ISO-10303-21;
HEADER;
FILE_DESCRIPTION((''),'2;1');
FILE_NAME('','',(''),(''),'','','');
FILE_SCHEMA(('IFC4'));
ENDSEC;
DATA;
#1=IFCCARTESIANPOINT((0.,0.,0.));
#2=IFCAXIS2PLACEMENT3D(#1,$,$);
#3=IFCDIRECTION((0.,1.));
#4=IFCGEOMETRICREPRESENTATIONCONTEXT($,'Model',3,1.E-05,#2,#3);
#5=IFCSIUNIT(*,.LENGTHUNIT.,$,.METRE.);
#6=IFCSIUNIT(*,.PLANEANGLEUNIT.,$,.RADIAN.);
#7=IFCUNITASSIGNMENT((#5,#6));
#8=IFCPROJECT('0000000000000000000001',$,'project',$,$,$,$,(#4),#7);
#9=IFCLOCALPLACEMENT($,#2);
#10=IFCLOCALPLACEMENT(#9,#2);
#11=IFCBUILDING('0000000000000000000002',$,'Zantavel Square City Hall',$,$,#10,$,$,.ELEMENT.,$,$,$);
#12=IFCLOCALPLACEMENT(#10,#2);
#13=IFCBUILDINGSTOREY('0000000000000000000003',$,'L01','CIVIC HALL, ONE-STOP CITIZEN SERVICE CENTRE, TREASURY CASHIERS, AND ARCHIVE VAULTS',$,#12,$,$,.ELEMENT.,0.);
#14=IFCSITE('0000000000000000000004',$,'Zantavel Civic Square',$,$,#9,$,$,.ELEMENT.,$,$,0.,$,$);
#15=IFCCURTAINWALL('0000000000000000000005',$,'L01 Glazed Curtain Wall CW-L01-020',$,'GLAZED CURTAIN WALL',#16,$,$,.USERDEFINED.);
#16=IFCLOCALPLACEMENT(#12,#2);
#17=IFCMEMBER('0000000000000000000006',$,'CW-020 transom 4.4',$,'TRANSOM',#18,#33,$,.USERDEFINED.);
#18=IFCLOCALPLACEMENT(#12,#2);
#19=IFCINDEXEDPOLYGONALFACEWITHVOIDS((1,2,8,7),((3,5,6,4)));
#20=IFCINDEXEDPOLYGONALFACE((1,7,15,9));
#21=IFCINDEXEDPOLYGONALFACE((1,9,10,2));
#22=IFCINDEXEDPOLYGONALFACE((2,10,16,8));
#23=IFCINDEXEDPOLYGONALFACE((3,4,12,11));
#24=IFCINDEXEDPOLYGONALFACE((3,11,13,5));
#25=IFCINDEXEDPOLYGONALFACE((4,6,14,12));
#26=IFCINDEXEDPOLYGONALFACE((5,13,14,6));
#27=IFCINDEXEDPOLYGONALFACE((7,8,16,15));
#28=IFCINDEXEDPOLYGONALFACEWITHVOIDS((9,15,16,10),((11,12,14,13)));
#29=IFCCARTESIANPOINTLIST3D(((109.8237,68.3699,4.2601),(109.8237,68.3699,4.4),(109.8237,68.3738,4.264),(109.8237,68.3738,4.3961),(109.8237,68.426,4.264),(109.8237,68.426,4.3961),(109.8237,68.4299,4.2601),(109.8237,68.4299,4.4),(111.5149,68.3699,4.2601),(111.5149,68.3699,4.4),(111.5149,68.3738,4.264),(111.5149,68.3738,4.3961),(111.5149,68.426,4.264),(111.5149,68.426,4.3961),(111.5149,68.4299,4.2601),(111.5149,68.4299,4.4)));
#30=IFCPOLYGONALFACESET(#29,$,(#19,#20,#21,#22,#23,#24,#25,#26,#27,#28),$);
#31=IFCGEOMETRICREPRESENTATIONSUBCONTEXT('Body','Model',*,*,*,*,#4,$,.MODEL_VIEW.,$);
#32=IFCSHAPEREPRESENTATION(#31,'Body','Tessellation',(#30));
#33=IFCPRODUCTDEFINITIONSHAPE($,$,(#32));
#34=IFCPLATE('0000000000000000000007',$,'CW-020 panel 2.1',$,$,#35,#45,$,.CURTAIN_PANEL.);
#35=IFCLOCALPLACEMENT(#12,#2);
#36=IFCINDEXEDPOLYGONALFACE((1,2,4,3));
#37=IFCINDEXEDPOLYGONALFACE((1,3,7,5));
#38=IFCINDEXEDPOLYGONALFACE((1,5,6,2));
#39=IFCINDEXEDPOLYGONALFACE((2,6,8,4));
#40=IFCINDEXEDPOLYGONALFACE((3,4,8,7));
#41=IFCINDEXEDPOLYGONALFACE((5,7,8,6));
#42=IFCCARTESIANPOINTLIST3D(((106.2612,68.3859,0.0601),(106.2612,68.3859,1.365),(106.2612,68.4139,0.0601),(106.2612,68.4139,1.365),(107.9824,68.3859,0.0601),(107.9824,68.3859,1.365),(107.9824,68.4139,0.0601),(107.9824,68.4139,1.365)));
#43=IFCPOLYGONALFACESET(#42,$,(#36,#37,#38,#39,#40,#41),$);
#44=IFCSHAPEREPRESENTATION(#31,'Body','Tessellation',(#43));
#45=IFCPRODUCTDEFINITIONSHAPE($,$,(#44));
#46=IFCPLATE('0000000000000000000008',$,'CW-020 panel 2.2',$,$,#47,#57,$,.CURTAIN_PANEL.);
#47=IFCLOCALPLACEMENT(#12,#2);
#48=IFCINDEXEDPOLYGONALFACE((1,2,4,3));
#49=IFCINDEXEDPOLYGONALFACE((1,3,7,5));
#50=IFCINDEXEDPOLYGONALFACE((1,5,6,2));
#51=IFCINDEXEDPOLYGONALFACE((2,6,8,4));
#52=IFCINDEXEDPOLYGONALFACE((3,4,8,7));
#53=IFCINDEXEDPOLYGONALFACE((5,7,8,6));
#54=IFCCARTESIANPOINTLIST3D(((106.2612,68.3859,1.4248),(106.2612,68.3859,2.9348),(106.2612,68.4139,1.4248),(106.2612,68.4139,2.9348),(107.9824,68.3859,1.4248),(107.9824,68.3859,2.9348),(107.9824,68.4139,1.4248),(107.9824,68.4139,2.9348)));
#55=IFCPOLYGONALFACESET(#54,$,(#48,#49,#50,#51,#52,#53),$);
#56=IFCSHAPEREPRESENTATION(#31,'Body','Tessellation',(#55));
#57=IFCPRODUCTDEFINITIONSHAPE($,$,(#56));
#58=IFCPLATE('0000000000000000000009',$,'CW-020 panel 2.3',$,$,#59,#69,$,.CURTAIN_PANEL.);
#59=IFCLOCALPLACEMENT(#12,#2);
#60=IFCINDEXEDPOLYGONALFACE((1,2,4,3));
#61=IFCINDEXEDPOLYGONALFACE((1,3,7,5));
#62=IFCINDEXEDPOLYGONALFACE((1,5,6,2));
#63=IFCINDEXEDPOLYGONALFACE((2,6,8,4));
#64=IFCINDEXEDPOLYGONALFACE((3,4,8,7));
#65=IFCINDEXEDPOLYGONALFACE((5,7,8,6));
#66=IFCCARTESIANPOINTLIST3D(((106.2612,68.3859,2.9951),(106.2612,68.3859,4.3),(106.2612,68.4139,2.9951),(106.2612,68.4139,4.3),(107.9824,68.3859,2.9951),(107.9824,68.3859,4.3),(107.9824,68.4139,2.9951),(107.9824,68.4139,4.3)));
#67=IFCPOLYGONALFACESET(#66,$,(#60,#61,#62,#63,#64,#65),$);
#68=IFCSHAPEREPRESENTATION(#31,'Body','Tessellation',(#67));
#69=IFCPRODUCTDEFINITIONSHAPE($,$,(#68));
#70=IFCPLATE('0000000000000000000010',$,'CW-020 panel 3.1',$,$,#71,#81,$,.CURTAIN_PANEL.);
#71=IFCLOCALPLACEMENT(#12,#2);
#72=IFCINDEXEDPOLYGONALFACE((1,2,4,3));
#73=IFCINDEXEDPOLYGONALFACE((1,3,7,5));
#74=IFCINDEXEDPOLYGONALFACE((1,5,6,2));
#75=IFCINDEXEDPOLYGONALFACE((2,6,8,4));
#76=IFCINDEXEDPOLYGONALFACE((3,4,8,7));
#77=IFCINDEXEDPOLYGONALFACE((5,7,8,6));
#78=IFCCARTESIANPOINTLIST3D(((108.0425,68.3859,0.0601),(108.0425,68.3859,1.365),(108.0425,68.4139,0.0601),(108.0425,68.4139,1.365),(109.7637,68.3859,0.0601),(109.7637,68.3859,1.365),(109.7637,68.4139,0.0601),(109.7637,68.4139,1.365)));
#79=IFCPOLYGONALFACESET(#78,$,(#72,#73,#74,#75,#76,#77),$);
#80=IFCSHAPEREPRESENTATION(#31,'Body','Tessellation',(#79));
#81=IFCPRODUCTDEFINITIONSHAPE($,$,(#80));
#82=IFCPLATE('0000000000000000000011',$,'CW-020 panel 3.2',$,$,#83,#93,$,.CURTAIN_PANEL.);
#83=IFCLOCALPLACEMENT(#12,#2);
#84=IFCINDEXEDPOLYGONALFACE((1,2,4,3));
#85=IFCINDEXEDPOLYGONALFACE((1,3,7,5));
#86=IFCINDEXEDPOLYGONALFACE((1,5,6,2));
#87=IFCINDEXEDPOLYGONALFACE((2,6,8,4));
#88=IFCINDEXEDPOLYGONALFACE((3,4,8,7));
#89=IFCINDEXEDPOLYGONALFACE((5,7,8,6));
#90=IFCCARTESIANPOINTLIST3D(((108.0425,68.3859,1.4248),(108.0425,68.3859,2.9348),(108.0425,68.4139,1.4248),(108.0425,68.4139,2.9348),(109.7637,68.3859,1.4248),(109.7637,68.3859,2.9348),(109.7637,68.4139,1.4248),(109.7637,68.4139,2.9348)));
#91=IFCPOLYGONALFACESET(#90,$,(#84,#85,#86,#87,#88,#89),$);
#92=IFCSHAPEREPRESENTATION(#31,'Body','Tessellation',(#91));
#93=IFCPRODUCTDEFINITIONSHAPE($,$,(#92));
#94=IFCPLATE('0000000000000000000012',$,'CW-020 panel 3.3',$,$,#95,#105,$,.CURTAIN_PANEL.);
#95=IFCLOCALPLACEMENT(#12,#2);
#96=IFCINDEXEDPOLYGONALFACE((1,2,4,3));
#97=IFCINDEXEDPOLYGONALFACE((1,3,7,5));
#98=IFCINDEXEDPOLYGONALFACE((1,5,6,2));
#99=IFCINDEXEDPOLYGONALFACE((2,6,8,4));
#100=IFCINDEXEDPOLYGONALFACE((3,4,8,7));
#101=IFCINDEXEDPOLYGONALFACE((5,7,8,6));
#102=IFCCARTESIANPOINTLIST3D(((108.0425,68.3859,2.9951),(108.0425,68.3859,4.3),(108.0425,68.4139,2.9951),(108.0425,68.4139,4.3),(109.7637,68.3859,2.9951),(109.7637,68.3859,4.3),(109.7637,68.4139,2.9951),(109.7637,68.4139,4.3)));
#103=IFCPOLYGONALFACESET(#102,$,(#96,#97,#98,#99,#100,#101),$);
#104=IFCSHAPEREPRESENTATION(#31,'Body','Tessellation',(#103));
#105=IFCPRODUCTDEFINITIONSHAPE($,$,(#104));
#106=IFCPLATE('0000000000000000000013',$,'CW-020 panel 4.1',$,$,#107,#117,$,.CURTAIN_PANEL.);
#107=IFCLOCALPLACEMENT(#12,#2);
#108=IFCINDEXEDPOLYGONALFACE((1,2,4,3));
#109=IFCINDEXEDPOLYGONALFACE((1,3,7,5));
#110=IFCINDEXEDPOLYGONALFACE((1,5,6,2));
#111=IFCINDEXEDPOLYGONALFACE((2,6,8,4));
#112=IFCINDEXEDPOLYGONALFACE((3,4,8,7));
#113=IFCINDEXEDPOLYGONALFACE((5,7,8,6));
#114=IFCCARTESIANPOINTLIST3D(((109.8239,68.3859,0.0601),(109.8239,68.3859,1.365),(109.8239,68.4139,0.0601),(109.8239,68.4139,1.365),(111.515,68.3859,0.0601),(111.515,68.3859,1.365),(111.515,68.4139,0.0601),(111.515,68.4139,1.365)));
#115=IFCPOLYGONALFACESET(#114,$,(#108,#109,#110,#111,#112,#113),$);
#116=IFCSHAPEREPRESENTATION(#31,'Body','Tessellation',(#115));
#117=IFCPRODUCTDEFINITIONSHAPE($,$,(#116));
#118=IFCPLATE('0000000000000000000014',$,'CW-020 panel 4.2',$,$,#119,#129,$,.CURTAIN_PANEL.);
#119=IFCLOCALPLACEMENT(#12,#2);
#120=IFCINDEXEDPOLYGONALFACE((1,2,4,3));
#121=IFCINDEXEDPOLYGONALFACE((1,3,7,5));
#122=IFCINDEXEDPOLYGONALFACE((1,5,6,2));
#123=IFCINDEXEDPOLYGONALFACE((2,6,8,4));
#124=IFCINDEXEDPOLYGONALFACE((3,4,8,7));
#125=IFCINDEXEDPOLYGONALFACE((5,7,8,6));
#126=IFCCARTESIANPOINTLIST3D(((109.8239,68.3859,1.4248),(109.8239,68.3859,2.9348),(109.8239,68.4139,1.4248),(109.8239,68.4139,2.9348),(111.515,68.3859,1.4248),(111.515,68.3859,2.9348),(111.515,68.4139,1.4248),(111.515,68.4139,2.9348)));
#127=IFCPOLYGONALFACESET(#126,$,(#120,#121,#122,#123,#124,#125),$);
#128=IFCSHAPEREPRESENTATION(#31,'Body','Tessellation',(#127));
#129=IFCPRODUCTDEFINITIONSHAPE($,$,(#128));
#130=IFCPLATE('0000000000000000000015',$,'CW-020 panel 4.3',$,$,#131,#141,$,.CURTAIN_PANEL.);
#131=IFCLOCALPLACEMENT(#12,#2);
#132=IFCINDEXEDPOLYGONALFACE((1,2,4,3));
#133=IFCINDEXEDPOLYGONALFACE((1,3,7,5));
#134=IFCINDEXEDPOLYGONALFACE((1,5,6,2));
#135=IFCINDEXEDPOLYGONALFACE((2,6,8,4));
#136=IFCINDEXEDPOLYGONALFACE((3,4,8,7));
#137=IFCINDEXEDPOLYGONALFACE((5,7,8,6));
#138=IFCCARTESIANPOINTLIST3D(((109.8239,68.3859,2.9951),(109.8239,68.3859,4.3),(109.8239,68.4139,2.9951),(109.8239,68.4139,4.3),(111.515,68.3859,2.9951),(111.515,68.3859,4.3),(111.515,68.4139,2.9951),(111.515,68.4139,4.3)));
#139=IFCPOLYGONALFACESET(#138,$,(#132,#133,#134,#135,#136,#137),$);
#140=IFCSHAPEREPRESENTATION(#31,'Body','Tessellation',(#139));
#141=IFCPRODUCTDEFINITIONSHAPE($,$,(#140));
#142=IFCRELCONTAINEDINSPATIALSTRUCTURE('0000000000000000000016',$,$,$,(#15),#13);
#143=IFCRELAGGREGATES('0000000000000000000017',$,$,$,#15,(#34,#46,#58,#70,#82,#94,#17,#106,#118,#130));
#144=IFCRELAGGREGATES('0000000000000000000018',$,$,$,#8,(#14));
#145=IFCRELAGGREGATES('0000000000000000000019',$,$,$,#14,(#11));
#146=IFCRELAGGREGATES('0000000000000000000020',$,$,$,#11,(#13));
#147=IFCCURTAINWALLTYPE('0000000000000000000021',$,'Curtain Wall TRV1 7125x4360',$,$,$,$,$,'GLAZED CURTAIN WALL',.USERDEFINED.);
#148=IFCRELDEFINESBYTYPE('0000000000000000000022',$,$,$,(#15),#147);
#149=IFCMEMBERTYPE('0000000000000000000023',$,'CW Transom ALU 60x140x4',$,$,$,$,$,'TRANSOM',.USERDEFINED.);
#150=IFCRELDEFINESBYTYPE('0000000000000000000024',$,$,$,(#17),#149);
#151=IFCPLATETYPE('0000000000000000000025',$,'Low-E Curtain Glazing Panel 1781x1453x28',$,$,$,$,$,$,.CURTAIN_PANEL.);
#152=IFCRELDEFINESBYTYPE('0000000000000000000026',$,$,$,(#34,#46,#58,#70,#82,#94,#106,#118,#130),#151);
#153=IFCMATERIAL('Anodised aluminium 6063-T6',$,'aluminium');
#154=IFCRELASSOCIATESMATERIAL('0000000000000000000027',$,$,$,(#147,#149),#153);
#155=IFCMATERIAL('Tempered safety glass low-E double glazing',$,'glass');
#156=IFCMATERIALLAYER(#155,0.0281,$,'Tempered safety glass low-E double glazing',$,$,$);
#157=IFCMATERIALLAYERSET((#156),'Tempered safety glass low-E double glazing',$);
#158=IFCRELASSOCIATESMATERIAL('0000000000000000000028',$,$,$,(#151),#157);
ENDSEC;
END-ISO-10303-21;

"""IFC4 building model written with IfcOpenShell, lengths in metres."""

from ifc_helpers import new_model, si_unit, direction, frame, origin, origin_2d, place, context, subcontext, project, spatial, rectangle, hollow_rectangle, extrude, material, layer, layer_set, material_profile, profile_set, type_object, element, aggregate, save


model = new_model("IFC4")

# Units and contexts
model_context = context("Model", 3, precision=1e-05, world=origin(), true_north=direction((0.0, 1.0)))
body_context = subcontext(model_context, "Body", "Model", "MODEL_VIEW")
ifc_project = project(units=[si_unit("LENGTHUNIT", "METRE"), si_unit("PLANEANGLEUNIT", "RADIAN")], contexts=[model_context])

# Site, building, storey
site_placement = place(None, origin())
site = spatial("IfcSite", under=ifc_project, at=site_placement, Name="Zantavel Civic Square", CompositionType="ELEMENT", RefElevation=0.0)
building_placement = place(site_placement, origin())
building = spatial("IfcBuilding", under=site, at=building_placement, Name="Zantavel Square City Hall", CompositionType="ELEMENT")
storey_placement = place(building_placement, origin())
storey = spatial("IfcBuildingStorey", under=building, at=storey_placement, Name="L01", Description="CIVIC HALL, ONE-STOP CITIZEN SERVICE CENTRE, TREASURY CASHIERS, AND ARCHIVE VAULTS", CompositionType="ELEMENT", Elevation=0.0)

# Curtain wall, member, plates
ifc_material_1 = material(Name="Anodised aluminium 6063-T6", Category="aluminium")
curtain_wall_type = type_object("IfcCurtainWallType", Name="Curtain Wall TRV1 7125x4360", ElementType="GLAZED CURTAIN WALL", PredefinedType="USERDEFINED", material=ifc_material_1)
curtain_wall_placement = place(storey_placement, origin())
curtain_wall = element("IfcCurtainWall", 1, at=curtain_wall_placement, inside=storey, type_object=curtain_wall_type, Name="L01 Glazed Curtain Wall CW-L01-020", ObjectType="GLAZED CURTAIN WALL", PredefinedType="USERDEFINED")
ifc_material_profile_1 = material_profile(ifc_material_1, hollow_rectangle(XDim=0.0601, YDim=0.1399, WallThickness=0.0039, at=origin_2d()), Name="ALU 60x140x4")
ifc_profile_set_1 = profile_set([ifc_material_profile_1], Name="Anodised aluminium 6063-T6")
member_type_1 = type_object("IfcMemberType", Name="CW Transom ALU 60x140x4", ElementType="TRANSOM", PredefinedType="USERDEFINED", material=ifc_profile_set_1)
member_1_placement = place(storey_placement, frame((109.8237, 68.3999, 4.3301), z_axis=(1.0, 0.0, 0.0), x_axis=(0.0, 1.0, 0.0)))
member_1 = element("IfcMember", 2, at=member_1_placement, type_object=member_type_1, Name="CW-020 transom 4.4", ObjectType="TRANSOM", PredefinedType="USERDEFINED", context=body_context, shape_type="SweptSolid", body=[
    extrude(hollow_rectangle(XDim=0.0601, YDim=0.1399, WallThickness=0.0039, at=origin_2d()), origin(), (0.0, 0.0, 1.0), 1.6912),
])
ifc_material_2 = material(Name="Tempered safety glass low-E double glazing", Category="glass")
ifc_layer = layer(ifc_material_2, 0.0281, Name="Tempered safety glass low-E double glazing")
ifc_layer_set = layer_set([ifc_layer], Name="Tempered safety glass low-E double glazing")
plate_type = type_object("IfcPlateType", Name="Low-E Curtain Glazing Panel 1781x1453x28", PredefinedType="CURTAIN_PANEL", material=ifc_layer_set)
plate_1_placement = place(storey_placement, frame((107.1218, 68.3999, 0.0601), z_axis=(0.0, 0.0, 1.0), x_axis=(1.0, 0.0, 0.0)))
plate_1 = element("IfcPlate", 3, at=plate_1_placement, type_object=plate_type, Name="CW-020 panel 2.1", PredefinedType="CURTAIN_PANEL", context=body_context, shape_type="SweptSolid", body=[
    extrude(rectangle(XDim=1.7212, YDim=0.0281, at=origin_2d()), origin(), (0.0, 0.0, 1.0), 1.3049),
])
plate_2_placement = place(storey_placement, frame((107.1218, 68.3999, 1.4248), z_axis=(0.0, 0.0, 1.0), x_axis=(1.0, 0.0, 0.0)))
plate_2 = element("IfcPlate", 4, at=plate_2_placement, type_object=plate_type, Name="CW-020 panel 2.2", PredefinedType="CURTAIN_PANEL", context=body_context, shape_type="SweptSolid", body=[
    extrude(rectangle(XDim=1.7212, YDim=0.0281, at=origin_2d()), origin(), (0.0, 0.0, 1.0), 1.51),
])
plate_3_placement = place(storey_placement, frame((107.1218, 68.3999, 2.9951), z_axis=(0.0, 0.0, 1.0), x_axis=(1.0, 0.0, 0.0)))
plate_3 = element("IfcPlate", 5, at=plate_3_placement, type_object=plate_type, Name="CW-020 panel 2.3", PredefinedType="CURTAIN_PANEL", context=body_context, shape_type="SweptSolid", body=[
    extrude(rectangle(XDim=1.7212, YDim=0.0281, at=origin_2d()), origin(), (0.0, 0.0, 1.0), 1.3049),
])
plate_4_placement = place(storey_placement, frame((108.9031, 68.3999, 0.0601), z_axis=(0.0, 0.0, 1.0), x_axis=(1.0, 0.0, 0.0)))
plate_4 = element("IfcPlate", 6, at=plate_4_placement, type_object=plate_type, Name="CW-020 panel 3.1", PredefinedType="CURTAIN_PANEL", context=body_context, shape_type="SweptSolid", body=[
    extrude(rectangle(XDim=1.7212, YDim=0.0281, at=origin_2d()), origin(), (0.0, 0.0, 1.0), 1.3049),
])
plate_5_placement = place(storey_placement, frame((108.9031, 68.3999, 1.4248), z_axis=(0.0, 0.0, 1.0), x_axis=(1.0, 0.0, 0.0)))
plate_5 = element("IfcPlate", 7, at=plate_5_placement, type_object=plate_type, Name="CW-020 panel 3.2", PredefinedType="CURTAIN_PANEL", context=body_context, shape_type="SweptSolid", body=[
    extrude(rectangle(XDim=1.7212, YDim=0.0281, at=origin_2d()), origin(), (0.0, 0.0, 1.0), 1.51),
])
plate_6_placement = place(storey_placement, frame((108.9031, 68.3999, 2.9951), z_axis=(0.0, 0.0, 1.0), x_axis=(1.0, 0.0, 0.0)))
plate_6 = element("IfcPlate", 8, at=plate_6_placement, type_object=plate_type, Name="CW-020 panel 3.3", PredefinedType="CURTAIN_PANEL", context=body_context, shape_type="SweptSolid", body=[
    extrude(rectangle(XDim=1.7212, YDim=0.0281, at=origin_2d()), origin(), (0.0, 0.0, 1.0), 1.3049),
])
plate_7_placement = place(storey_placement, frame((110.6694, 68.3999, 0.0601), z_axis=(0.0, 0.0, 1.0), x_axis=(1.0, 0.0, 0.0)))
plate_7 = element("IfcPlate", 9, at=plate_7_placement, type_object=plate_type, Name="CW-020 panel 4.1", PredefinedType="CURTAIN_PANEL", context=body_context, shape_type="SweptSolid", body=[
    extrude(rectangle(XDim=1.6912, YDim=0.0281, at=origin_2d()), origin(), (0.0, 0.0, 1.0), 1.3049),
])
plate_8_placement = place(storey_placement, frame((110.6694, 68.3999, 1.4248), z_axis=(0.0, 0.0, 1.0), x_axis=(1.0, 0.0, 0.0)))
plate_8 = element("IfcPlate", 10, at=plate_8_placement, type_object=plate_type, Name="CW-020 panel 4.2", PredefinedType="CURTAIN_PANEL", context=body_context, shape_type="SweptSolid", body=[
    extrude(rectangle(XDim=1.6912, YDim=0.0281, at=origin_2d()), origin(), (0.0, 0.0, 1.0), 1.51),
])
plate_9_placement = place(storey_placement, frame((110.6694, 68.3999, 2.9951), z_axis=(0.0, 0.0, 1.0), x_axis=(1.0, 0.0, 0.0)))
plate_9 = element("IfcPlate", 11, at=plate_9_placement, type_object=plate_type, Name="CW-020 panel 4.3", PredefinedType="CURTAIN_PANEL", context=body_context, shape_type="SweptSolid", body=[
    extrude(rectangle(XDim=1.6912, YDim=0.0281, at=origin_2d()), origin(), (0.0, 0.0, 1.0), 1.3049),
])
aggregate(curtain_wall, [plate_1, plate_2, plate_3, plate_4, plate_5, plate_6, member_1, plate_7, plate_8, plate_9])

save(model, "model.ifc")
